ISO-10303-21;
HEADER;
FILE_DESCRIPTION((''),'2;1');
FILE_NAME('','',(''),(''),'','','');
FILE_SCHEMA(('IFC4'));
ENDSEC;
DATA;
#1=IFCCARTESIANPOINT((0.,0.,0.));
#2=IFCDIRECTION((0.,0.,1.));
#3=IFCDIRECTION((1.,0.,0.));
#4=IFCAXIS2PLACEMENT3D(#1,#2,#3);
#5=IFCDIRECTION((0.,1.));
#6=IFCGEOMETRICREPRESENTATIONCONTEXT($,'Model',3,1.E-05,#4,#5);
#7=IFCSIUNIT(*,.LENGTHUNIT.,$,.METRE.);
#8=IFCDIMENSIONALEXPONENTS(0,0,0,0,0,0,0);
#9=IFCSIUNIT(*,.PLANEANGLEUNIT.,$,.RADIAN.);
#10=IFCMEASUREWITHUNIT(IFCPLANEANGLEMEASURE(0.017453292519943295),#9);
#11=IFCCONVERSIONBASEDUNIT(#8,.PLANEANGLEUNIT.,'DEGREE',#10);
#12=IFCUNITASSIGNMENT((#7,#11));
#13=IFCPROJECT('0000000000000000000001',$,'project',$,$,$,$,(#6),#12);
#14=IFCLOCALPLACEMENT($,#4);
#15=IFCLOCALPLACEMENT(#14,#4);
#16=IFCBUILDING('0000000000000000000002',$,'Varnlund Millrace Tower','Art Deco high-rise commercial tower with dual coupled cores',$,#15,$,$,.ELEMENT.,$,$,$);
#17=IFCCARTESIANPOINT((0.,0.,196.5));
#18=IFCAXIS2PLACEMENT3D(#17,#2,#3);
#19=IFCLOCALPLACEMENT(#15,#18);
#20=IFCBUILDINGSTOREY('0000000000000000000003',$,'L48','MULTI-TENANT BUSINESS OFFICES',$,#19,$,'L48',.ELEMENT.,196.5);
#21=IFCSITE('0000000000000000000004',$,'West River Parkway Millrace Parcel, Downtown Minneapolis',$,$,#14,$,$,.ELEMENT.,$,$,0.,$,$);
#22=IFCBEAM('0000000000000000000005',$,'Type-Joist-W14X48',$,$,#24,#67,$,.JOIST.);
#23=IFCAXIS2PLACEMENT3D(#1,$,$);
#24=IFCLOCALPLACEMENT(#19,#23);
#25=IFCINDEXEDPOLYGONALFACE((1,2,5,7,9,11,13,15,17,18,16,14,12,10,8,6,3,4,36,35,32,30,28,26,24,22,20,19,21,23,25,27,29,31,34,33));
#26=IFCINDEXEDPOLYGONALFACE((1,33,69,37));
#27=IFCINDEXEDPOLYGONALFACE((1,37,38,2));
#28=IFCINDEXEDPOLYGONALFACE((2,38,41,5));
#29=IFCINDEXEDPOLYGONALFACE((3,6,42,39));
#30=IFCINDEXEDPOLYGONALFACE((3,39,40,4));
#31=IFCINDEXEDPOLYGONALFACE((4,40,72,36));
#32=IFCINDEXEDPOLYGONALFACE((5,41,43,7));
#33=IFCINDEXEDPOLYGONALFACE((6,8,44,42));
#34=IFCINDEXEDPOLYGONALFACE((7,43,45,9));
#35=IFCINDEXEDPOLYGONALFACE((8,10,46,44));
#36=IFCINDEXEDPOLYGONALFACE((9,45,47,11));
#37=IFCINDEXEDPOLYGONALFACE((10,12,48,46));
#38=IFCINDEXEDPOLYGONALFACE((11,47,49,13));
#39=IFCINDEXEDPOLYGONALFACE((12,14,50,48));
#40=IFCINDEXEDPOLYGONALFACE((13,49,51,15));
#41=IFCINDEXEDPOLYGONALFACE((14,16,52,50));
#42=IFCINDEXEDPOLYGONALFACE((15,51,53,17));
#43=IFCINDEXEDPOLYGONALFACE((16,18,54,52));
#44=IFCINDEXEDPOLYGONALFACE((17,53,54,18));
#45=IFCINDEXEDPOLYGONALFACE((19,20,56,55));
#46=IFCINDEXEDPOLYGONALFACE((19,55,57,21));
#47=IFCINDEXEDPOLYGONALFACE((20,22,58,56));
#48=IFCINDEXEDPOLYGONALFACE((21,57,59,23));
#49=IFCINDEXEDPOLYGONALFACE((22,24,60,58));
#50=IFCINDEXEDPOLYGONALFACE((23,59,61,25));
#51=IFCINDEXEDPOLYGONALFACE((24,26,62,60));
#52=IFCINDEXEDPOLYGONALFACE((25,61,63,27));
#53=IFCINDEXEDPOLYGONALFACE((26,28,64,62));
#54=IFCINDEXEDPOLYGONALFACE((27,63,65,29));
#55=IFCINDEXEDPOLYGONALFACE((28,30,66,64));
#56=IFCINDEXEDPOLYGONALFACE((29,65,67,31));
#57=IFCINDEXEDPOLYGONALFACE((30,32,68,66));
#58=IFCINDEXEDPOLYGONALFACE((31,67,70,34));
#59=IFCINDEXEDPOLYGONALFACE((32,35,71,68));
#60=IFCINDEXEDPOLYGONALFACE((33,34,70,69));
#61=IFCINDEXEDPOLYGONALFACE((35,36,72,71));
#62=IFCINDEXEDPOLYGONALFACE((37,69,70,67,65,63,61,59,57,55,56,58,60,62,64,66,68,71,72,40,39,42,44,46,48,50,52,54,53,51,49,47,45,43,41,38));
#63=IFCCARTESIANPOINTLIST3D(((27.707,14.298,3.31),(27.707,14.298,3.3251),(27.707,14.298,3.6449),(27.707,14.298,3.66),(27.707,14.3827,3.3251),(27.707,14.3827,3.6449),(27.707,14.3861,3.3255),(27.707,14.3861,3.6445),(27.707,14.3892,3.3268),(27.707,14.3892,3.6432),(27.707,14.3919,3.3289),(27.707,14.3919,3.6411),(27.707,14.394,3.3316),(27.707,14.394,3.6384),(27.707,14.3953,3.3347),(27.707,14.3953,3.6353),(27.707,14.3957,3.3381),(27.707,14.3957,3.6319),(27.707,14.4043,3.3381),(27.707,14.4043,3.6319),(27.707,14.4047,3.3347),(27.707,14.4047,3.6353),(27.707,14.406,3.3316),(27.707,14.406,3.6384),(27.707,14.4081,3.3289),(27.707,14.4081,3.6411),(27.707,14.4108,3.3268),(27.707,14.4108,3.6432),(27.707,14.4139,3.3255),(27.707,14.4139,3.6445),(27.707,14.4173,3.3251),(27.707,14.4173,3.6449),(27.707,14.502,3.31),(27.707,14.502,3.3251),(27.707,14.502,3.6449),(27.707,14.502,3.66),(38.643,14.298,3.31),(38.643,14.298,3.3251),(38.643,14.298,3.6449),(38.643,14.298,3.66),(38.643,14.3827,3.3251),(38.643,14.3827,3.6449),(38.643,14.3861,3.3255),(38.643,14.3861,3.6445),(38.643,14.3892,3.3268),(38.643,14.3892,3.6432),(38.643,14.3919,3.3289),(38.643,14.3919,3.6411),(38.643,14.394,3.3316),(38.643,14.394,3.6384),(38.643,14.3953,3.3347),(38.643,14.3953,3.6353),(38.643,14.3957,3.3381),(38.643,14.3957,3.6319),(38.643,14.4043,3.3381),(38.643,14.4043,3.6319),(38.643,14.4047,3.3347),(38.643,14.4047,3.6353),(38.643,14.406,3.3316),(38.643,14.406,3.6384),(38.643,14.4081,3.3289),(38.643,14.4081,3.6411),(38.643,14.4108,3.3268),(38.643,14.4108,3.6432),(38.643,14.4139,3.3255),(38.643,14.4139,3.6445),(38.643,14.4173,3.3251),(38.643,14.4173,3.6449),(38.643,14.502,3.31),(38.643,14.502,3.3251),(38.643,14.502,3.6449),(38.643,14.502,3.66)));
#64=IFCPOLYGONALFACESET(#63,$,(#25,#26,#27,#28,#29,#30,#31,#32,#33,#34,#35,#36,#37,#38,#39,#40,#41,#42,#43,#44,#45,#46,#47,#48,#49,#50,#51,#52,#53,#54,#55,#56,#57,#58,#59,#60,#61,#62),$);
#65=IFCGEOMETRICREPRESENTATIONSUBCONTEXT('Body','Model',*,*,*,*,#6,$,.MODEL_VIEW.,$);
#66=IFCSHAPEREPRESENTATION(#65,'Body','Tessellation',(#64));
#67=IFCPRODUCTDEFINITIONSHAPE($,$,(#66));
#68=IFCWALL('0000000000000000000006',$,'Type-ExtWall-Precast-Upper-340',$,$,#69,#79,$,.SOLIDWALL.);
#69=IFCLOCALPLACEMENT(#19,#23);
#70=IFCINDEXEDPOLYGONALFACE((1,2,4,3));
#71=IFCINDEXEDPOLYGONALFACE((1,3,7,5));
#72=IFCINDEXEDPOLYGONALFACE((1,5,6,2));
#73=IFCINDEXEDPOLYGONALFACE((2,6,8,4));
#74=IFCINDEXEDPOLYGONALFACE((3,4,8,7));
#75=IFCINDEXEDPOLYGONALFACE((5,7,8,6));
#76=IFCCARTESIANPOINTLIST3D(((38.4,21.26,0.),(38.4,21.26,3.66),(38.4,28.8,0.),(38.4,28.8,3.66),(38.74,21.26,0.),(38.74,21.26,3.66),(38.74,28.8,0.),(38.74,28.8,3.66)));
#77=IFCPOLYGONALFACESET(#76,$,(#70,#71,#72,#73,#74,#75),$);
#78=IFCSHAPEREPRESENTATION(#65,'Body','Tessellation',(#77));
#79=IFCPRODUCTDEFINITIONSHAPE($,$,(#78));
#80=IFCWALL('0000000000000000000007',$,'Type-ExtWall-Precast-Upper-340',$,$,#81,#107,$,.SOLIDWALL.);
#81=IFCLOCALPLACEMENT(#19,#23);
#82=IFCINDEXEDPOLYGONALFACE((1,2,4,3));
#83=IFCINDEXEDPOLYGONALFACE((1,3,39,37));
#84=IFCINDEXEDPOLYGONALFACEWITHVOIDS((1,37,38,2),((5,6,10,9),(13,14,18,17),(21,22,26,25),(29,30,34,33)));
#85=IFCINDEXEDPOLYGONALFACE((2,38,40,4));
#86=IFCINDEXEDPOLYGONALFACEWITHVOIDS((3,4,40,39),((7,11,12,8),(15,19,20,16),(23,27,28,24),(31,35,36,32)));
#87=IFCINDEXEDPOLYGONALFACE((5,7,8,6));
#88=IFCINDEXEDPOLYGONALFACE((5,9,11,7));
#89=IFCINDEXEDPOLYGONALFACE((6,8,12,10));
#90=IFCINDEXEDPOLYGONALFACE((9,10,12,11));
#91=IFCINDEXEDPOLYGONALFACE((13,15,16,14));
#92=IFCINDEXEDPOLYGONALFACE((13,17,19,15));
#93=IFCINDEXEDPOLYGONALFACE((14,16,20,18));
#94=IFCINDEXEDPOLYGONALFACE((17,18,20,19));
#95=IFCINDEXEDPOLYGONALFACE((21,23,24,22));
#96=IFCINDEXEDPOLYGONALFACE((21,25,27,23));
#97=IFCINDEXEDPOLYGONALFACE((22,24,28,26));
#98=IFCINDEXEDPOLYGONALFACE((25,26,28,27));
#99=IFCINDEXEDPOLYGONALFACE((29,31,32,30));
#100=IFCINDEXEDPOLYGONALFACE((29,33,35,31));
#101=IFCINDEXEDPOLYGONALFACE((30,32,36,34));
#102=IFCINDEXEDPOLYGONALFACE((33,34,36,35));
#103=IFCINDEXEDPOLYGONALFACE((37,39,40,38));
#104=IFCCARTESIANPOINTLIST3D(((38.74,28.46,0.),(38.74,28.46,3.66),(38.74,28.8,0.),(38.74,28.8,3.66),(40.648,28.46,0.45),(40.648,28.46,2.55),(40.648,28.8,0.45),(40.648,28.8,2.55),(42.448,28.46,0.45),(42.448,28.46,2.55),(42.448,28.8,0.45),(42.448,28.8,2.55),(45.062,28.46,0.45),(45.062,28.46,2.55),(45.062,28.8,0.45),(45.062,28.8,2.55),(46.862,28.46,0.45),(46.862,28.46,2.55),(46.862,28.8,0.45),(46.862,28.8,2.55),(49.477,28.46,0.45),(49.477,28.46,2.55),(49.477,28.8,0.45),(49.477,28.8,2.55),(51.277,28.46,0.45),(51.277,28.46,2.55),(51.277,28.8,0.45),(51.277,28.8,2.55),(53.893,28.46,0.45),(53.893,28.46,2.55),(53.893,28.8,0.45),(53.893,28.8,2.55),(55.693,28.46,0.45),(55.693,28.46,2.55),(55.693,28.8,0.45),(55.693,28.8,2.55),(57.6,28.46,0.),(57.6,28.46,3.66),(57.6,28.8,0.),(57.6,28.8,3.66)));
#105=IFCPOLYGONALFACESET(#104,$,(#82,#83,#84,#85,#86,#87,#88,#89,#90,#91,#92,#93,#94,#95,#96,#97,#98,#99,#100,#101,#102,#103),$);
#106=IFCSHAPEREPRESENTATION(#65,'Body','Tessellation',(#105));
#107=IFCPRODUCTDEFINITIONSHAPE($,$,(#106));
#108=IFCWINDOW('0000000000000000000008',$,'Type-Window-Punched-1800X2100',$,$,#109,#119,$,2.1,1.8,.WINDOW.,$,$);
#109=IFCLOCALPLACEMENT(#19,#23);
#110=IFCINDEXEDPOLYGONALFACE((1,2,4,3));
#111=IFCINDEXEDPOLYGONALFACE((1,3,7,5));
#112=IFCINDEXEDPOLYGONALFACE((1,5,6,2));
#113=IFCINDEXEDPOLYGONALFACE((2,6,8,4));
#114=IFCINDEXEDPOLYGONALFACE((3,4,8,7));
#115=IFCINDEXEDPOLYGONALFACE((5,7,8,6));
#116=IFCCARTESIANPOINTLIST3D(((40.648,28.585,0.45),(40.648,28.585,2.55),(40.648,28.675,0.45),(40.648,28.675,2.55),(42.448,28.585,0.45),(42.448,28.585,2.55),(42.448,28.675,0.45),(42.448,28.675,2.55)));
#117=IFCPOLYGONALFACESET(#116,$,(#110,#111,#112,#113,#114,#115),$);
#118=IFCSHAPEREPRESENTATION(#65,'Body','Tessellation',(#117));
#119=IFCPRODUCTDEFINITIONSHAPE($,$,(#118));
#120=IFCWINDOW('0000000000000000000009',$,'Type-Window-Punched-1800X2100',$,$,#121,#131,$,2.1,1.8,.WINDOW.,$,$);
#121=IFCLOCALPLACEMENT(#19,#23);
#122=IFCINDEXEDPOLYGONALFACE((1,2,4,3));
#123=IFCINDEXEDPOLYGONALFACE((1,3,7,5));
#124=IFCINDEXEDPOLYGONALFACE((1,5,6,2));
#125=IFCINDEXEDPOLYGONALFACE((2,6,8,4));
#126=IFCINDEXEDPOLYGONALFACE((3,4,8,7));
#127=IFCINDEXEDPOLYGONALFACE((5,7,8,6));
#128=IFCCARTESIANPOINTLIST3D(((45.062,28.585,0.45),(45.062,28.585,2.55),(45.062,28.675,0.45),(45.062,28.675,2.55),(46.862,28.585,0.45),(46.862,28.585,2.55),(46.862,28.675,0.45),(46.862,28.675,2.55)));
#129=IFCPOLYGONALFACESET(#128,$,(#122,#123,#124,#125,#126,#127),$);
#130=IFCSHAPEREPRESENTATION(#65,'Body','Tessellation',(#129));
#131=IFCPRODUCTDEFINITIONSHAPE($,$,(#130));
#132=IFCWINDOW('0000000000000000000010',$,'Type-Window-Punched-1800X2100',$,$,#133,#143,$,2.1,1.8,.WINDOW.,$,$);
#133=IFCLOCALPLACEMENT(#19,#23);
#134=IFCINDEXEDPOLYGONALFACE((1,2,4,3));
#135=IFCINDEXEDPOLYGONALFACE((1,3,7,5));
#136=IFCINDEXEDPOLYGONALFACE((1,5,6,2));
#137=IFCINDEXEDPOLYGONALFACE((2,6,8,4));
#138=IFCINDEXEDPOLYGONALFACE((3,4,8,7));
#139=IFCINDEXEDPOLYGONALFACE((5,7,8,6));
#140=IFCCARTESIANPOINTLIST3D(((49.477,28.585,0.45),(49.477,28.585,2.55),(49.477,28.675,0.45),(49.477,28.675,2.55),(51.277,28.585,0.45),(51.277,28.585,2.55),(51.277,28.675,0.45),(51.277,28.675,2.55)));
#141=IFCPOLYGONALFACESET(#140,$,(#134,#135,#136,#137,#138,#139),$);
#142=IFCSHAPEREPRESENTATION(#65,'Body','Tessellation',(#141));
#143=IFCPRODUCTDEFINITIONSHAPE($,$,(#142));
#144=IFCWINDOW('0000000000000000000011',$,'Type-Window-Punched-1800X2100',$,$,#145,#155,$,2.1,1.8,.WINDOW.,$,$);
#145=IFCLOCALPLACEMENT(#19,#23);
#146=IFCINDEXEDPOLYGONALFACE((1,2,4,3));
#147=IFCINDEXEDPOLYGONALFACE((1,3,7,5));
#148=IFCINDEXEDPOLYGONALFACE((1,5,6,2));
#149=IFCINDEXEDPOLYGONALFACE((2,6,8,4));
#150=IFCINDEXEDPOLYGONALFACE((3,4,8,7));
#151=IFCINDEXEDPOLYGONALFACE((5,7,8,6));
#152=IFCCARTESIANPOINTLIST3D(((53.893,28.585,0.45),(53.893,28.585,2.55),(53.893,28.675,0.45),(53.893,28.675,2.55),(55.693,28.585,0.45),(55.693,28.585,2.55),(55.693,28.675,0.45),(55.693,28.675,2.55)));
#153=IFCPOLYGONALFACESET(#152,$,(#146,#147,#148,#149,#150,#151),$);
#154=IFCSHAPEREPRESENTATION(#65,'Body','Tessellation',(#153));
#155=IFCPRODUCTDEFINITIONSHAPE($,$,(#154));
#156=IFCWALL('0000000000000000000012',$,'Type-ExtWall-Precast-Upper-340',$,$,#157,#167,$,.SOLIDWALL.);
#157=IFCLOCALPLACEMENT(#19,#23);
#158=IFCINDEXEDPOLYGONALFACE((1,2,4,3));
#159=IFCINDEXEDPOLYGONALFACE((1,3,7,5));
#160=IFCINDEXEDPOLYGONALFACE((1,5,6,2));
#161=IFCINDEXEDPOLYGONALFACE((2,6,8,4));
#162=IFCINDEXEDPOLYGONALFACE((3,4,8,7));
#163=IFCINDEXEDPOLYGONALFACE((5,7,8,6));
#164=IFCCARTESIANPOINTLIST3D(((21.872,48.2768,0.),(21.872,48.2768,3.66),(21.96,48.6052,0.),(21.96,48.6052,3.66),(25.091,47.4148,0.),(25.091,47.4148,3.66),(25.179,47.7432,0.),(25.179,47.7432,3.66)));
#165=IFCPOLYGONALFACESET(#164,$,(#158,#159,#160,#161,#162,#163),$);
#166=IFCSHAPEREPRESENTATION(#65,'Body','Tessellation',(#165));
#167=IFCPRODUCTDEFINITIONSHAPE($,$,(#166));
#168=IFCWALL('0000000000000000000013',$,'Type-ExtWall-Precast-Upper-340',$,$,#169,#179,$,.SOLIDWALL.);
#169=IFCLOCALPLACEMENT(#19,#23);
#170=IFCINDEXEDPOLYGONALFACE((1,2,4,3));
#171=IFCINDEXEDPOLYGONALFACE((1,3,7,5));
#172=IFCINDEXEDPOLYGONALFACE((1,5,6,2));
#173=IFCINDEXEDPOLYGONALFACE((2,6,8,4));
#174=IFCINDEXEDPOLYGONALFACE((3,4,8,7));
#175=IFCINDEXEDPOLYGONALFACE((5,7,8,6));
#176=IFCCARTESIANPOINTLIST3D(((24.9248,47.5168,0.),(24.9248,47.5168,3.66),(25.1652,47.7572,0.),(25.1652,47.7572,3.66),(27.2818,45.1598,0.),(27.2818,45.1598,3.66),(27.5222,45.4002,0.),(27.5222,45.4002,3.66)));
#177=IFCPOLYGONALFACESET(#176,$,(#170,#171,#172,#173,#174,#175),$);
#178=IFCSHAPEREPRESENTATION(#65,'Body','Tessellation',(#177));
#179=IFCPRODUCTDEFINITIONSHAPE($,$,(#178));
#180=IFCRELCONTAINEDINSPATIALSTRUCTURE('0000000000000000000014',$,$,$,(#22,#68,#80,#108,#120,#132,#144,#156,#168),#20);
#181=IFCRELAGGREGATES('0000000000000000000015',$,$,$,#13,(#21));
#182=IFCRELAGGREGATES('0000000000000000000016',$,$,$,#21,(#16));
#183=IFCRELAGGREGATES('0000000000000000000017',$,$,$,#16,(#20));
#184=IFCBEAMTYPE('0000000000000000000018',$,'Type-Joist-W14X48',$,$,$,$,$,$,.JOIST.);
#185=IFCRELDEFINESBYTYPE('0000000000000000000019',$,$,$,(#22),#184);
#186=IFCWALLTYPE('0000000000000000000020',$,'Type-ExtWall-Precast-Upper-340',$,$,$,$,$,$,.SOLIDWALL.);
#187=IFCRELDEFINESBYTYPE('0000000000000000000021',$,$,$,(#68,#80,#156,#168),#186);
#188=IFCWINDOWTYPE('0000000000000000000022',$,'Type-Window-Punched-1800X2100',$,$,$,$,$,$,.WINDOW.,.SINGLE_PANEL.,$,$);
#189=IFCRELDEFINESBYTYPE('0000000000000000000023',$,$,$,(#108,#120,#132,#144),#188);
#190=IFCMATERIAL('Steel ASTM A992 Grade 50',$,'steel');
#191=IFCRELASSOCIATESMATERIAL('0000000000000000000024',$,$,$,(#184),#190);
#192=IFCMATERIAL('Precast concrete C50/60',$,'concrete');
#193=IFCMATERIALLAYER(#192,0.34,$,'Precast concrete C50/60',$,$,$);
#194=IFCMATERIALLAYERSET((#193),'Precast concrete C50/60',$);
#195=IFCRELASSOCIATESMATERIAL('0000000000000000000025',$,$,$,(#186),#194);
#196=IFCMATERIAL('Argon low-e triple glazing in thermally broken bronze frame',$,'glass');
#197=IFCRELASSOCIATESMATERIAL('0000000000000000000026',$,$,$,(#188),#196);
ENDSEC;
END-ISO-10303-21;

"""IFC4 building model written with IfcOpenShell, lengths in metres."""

from ifc_helpers import new_model, entity, si_unit, converted_unit, direction, frame, origin_with_axes, origin_2d_with_axis, place, context, subcontext, project, spatial, polyline, rectangle, i_section, outline, extrude, material, layer, layer_set, material_profile, profile_set, type_object, element, fill, save


model = new_model("IFC4")

# Units and contexts
model_context = context("Model", 3, precision=1e-05, world=origin_with_axes(), true_north=direction((0.0, 1.0)))
body_context = subcontext(model_context, "Body", "Model", "MODEL_VIEW")
ifc_project = project(units=[si_unit("LENGTHUNIT", "METRE"), converted_unit("PLANEANGLEUNIT", "DEGREE", entity("IfcPlaneAngleMeasure", 0.017453292519943295), si_unit("PLANEANGLEUNIT", "RADIAN"), dimensions=[0, 0, 0, 0, 0, 0, 0])], contexts=[model_context])

# Site, building, storey
site_placement = place(None, origin_with_axes())
site = spatial("IfcSite", under=ifc_project, at=site_placement, Name="West River Parkway Millrace Parcel, Downtown Minneapolis", CompositionType="ELEMENT", RefElevation=0.0)
building_placement = place(site_placement, origin_with_axes())
building = spatial("IfcBuilding", under=site, at=building_placement, Name="Varnlund Millrace Tower", Description="Art Deco high-rise commercial tower with dual coupled cores", CompositionType="ELEMENT")
storey_placement = place(building_placement, frame((0.0, 0.0, 196.5), z_axis=(0.0, 0.0, 1.0), x_axis=(1.0, 0.0, 0.0)))
storey = spatial("IfcBuildingStorey", under=building, at=storey_placement, Name="L48", Description="MULTI-TENANT BUSINESS OFFICES", LongName="L48", CompositionType="ELEMENT", Elevation=196.5)

# Beam
ifc_material_1 = material(Name="Steel ASTM A992 Grade 50", Category="steel")
ifc_material_profile_1 = material_profile(ifc_material_1, i_section(OverallWidth=0.204, OverallDepth=0.35, WebThickness=0.0086, FlangeThickness=0.0151, FilletRadius=0.013, at=origin_2d_with_axis()), Name="Steel ASTM A992 Grade 50")
ifc_profile_set_1 = profile_set([ifc_material_profile_1], Name="Steel ASTM A992 Grade 50")
beam_type_1 = type_object("IfcBeamType", Name="Type-Joist-W14X48", PredefinedType="JOIST", material=ifc_profile_set_1)
beam_1_placement = place(storey_placement, frame((27.707, 14.4, 3.485), z_axis=(1.0, 0.0, 0.0), x_axis=(0.0, 1.0, 0.0)))
element("IfcBeam", 1, at=beam_1_placement, inside=storey, type_object=beam_type_1, Name="Type-Joist-W14X48", PredefinedType="JOIST", context=body_context, shape_type="SweptSolid", body=[
    extrude(i_section(OverallWidth=0.204, OverallDepth=0.35, WebThickness=0.0086, FlangeThickness=0.0151, FilletRadius=0.013, at=origin_2d_with_axis()), origin_with_axes(), (0.0, 0.0, 1.0), 10.936),
])

# Wall
ifc_material_2 = material(Name="Precast concrete C50/60", Category="concrete")
ifc_layer_1 = layer(ifc_material_2, 0.34, Name="Precast concrete C50/60")
ifc_layer_set_1 = layer_set([ifc_layer_1], Name="Precast concrete C50/60")
wall_type_1 = type_object("IfcWallType", Name="Type-ExtWall-Precast-Upper-340", PredefinedType="SOLIDWALL", material=ifc_layer_set_1)
wall_1_placement = place(storey_placement, frame((38.57, 21.26, 0.0), z_axis=(0.0, 0.0, 1.0), x_axis=(0.0, 1.0, 0.0)))
element("IfcWall", 2, at=wall_1_placement, inside=storey, type_object=wall_type_1, Name="Type-ExtWall-Precast-Upper-340", PredefinedType="SOLIDWALL", context=body_context, shape_type="SweptSolid", body=[
    extrude(outline(polyline([(0.0, -0.17), (7.54, -0.17), (7.54, 0.17), (0.0, 0.17), (0.0, -0.17)])), origin_with_axes(), (0.0, 0.0, 1.0), 3.66),
])

# Wall, openings, windows
wall_2_placement = place(storey_placement, frame((38.74, 28.63, 0.0), z_axis=(0.0, 0.0, 1.0), x_axis=(1.0, 0.0, 0.0)))
wall_2 = element("IfcWall", 3, at=wall_2_placement, inside=storey, type_object=wall_type_1, Name="Type-ExtWall-Precast-Upper-340", PredefinedType="SOLIDWALL", context=body_context, shape_type="SweptSolid", body=[
    extrude(outline(polyline([(0.0, -0.17), (18.86, -0.17), (18.86, 0.17), (0.0, 0.17), (0.0, -0.17)])), origin_with_axes(), (0.0, 0.0, 1.0), 3.66),
])
opening_1_placement = place(wall_2_placement, frame((2.808, 0.0, 0.45), z_axis=(0.0, 0.0, 1.0), x_axis=(1.0, 0.0, 0.0)))
opening_1 = element("IfcOpeningElement", 4, at=opening_1_placement, cuts=wall_2, PredefinedType="OPENING", context=body_context, shape_type="SweptSolid", body=[
    extrude(rectangle(XDim=1.8, YDim=0.36, at=origin_2d_with_axis()), origin_with_axes(), (0.0, 0.0, 1.0), 2.1),
])
opening_2_placement = place(wall_2_placement, frame((7.222, 0.0, 0.45), z_axis=(0.0, 0.0, 1.0), x_axis=(1.0, 0.0, 0.0)))
opening_2 = element("IfcOpeningElement", 5, at=opening_2_placement, cuts=wall_2, PredefinedType="OPENING", context=body_context, shape_type="SweptSolid", body=[
    extrude(rectangle(XDim=1.8, YDim=0.36, at=origin_2d_with_axis()), origin_with_axes(), (0.0, 0.0, 1.0), 2.1),
])
opening_3_placement = place(wall_2_placement, frame((11.637, 0.0, 0.45), z_axis=(0.0, 0.0, 1.0), x_axis=(1.0, 0.0, 0.0)))
opening_3 = element("IfcOpeningElement", 6, at=opening_3_placement, cuts=wall_2, PredefinedType="OPENING", context=body_context, shape_type="SweptSolid", body=[
    extrude(rectangle(XDim=1.8, YDim=0.36, at=origin_2d_with_axis()), origin_with_axes(), (0.0, 0.0, 1.0), 2.1),
])
opening_4_placement = place(wall_2_placement, frame((16.053, 0.0, 0.45), z_axis=(0.0, 0.0, 1.0), x_axis=(1.0, 0.0, 0.0)))
opening_4 = element("IfcOpeningElement", 7, at=opening_4_placement, cuts=wall_2, PredefinedType="OPENING", context=body_context, shape_type="SweptSolid", body=[
    extrude(rectangle(XDim=1.8, YDim=0.36, at=origin_2d_with_axis()), origin_with_axes(), (0.0, 0.0, 1.0), 2.1),
])
ifc_material_3 = material(Name="Argon low-e triple glazing in thermally broken bronze frame", Category="glass")
window_type_1 = type_object("IfcWindowType", Name="Type-Window-Punched-1800X2100", PartitioningType="SINGLE_PANEL", PredefinedType="WINDOW", material=ifc_material_3)
window_1_placement = place(wall_2_placement, frame((2.808, 0.0, 0.45), z_axis=(0.0, 0.0, 1.0), x_axis=(1.0, 0.0, 0.0)))
window_1 = element("IfcWindow", 8, at=window_1_placement, inside=storey, type_object=window_type_1, Name="Type-Window-Punched-1800X2100", OverallHeight=2.1, OverallWidth=1.8, PredefinedType="WINDOW", context=body_context, shape_type="SweptSolid", body=[
    extrude(rectangle(XDim=1.8, YDim=0.09, at=origin_2d_with_axis()), origin_with_axes(), (0.0, 0.0, 1.0), 2.1),
])
fill(opening_1, window_1)
window_2_placement = place(wall_2_placement, frame((7.222, 0.0, 0.45), z_axis=(0.0, 0.0, 1.0), x_axis=(1.0, 0.0, 0.0)))
window_2 = element("IfcWindow", 9, at=window_2_placement, inside=storey, type_object=window_type_1, Name="Type-Window-Punched-1800X2100", OverallHeight=2.1, OverallWidth=1.8, PredefinedType="WINDOW", context=body_context, shape_type="SweptSolid", body=[
    extrude(rectangle(XDim=1.8, YDim=0.09, at=origin_2d_with_axis()), origin_with_axes(), (0.0, 0.0, 1.0), 2.1),
])
fill(opening_2, window_2)
window_3_placement = place(wall_2_placement, frame((11.637, 0.0, 0.45), z_axis=(0.0, 0.0, 1.0), x_axis=(1.0, 0.0, 0.0)))
window_3 = element("IfcWindow", 10, at=window_3_placement, inside=storey, type_object=window_type_1, Name="Type-Window-Punched-1800X2100", OverallHeight=2.1, OverallWidth=1.8, PredefinedType="WINDOW", context=body_context, shape_type="SweptSolid", body=[
    extrude(rectangle(XDim=1.8, YDim=0.09, at=origin_2d_with_axis()), origin_with_axes(), (0.0, 0.0, 1.0), 2.1),
])
fill(opening_3, window_3)
window_4_placement = place(wall_2_placement, frame((16.053, 0.0, 0.45), z_axis=(0.0, 0.0, 1.0), x_axis=(1.0, 0.0, 0.0)))
window_4 = element("IfcWindow", 11, at=window_4_placement, inside=storey, type_object=window_type_1, Name="Type-Window-Punched-1800X2100", OverallHeight=2.1, OverallWidth=1.8, PredefinedType="WINDOW", context=body_context, shape_type="SweptSolid", body=[
    extrude(rectangle(XDim=1.8, YDim=0.09, at=origin_2d_with_axis()), origin_with_axes(), (0.0, 0.0, 1.0), 2.1),
])
fill(opening_4, window_4)

# Walls
wall_3_placement = place(storey_placement, frame((21.916, 48.441, 0.0), z_axis=(0.0, 0.0, 1.0), x_axis=(0.965965, -0.258671, 0.0)))
element("IfcWall", 12, at=wall_3_placement, inside=storey, type_object=wall_type_1, Name="Type-ExtWall-Precast-Upper-340", PredefinedType="SOLIDWALL", context=body_context, shape_type="SweptSolid", body=[
    extrude(outline(polyline([(0.0, -0.17), (3.3324, -0.17), (3.3324, 0.17), (0.0, 0.17), (0.0, -0.17)])), origin_with_axes(), (0.0, 0.0, 1.0), 3.66),
])
wall_4_placement = place(storey_placement, frame((25.045, 47.637, 0.0), z_axis=(0.0, 0.0, 1.0), x_axis=(0.707107, -0.707107, 0.0)))
element("IfcWall", 13, at=wall_4_placement, inside=storey, type_object=wall_type_1, Name="Type-ExtWall-Precast-Upper-340", PredefinedType="SOLIDWALL", context=body_context, shape_type="SweptSolid", body=[
    extrude(outline(polyline([(0.0, -0.17), (3.3333, -0.17), (3.3333, 0.17), (0.0, 0.17), (0.0, -0.17)])), origin_with_axes(), (0.0, 0.0, 1.0), 3.66),
])

save(model, "model.ifc")
